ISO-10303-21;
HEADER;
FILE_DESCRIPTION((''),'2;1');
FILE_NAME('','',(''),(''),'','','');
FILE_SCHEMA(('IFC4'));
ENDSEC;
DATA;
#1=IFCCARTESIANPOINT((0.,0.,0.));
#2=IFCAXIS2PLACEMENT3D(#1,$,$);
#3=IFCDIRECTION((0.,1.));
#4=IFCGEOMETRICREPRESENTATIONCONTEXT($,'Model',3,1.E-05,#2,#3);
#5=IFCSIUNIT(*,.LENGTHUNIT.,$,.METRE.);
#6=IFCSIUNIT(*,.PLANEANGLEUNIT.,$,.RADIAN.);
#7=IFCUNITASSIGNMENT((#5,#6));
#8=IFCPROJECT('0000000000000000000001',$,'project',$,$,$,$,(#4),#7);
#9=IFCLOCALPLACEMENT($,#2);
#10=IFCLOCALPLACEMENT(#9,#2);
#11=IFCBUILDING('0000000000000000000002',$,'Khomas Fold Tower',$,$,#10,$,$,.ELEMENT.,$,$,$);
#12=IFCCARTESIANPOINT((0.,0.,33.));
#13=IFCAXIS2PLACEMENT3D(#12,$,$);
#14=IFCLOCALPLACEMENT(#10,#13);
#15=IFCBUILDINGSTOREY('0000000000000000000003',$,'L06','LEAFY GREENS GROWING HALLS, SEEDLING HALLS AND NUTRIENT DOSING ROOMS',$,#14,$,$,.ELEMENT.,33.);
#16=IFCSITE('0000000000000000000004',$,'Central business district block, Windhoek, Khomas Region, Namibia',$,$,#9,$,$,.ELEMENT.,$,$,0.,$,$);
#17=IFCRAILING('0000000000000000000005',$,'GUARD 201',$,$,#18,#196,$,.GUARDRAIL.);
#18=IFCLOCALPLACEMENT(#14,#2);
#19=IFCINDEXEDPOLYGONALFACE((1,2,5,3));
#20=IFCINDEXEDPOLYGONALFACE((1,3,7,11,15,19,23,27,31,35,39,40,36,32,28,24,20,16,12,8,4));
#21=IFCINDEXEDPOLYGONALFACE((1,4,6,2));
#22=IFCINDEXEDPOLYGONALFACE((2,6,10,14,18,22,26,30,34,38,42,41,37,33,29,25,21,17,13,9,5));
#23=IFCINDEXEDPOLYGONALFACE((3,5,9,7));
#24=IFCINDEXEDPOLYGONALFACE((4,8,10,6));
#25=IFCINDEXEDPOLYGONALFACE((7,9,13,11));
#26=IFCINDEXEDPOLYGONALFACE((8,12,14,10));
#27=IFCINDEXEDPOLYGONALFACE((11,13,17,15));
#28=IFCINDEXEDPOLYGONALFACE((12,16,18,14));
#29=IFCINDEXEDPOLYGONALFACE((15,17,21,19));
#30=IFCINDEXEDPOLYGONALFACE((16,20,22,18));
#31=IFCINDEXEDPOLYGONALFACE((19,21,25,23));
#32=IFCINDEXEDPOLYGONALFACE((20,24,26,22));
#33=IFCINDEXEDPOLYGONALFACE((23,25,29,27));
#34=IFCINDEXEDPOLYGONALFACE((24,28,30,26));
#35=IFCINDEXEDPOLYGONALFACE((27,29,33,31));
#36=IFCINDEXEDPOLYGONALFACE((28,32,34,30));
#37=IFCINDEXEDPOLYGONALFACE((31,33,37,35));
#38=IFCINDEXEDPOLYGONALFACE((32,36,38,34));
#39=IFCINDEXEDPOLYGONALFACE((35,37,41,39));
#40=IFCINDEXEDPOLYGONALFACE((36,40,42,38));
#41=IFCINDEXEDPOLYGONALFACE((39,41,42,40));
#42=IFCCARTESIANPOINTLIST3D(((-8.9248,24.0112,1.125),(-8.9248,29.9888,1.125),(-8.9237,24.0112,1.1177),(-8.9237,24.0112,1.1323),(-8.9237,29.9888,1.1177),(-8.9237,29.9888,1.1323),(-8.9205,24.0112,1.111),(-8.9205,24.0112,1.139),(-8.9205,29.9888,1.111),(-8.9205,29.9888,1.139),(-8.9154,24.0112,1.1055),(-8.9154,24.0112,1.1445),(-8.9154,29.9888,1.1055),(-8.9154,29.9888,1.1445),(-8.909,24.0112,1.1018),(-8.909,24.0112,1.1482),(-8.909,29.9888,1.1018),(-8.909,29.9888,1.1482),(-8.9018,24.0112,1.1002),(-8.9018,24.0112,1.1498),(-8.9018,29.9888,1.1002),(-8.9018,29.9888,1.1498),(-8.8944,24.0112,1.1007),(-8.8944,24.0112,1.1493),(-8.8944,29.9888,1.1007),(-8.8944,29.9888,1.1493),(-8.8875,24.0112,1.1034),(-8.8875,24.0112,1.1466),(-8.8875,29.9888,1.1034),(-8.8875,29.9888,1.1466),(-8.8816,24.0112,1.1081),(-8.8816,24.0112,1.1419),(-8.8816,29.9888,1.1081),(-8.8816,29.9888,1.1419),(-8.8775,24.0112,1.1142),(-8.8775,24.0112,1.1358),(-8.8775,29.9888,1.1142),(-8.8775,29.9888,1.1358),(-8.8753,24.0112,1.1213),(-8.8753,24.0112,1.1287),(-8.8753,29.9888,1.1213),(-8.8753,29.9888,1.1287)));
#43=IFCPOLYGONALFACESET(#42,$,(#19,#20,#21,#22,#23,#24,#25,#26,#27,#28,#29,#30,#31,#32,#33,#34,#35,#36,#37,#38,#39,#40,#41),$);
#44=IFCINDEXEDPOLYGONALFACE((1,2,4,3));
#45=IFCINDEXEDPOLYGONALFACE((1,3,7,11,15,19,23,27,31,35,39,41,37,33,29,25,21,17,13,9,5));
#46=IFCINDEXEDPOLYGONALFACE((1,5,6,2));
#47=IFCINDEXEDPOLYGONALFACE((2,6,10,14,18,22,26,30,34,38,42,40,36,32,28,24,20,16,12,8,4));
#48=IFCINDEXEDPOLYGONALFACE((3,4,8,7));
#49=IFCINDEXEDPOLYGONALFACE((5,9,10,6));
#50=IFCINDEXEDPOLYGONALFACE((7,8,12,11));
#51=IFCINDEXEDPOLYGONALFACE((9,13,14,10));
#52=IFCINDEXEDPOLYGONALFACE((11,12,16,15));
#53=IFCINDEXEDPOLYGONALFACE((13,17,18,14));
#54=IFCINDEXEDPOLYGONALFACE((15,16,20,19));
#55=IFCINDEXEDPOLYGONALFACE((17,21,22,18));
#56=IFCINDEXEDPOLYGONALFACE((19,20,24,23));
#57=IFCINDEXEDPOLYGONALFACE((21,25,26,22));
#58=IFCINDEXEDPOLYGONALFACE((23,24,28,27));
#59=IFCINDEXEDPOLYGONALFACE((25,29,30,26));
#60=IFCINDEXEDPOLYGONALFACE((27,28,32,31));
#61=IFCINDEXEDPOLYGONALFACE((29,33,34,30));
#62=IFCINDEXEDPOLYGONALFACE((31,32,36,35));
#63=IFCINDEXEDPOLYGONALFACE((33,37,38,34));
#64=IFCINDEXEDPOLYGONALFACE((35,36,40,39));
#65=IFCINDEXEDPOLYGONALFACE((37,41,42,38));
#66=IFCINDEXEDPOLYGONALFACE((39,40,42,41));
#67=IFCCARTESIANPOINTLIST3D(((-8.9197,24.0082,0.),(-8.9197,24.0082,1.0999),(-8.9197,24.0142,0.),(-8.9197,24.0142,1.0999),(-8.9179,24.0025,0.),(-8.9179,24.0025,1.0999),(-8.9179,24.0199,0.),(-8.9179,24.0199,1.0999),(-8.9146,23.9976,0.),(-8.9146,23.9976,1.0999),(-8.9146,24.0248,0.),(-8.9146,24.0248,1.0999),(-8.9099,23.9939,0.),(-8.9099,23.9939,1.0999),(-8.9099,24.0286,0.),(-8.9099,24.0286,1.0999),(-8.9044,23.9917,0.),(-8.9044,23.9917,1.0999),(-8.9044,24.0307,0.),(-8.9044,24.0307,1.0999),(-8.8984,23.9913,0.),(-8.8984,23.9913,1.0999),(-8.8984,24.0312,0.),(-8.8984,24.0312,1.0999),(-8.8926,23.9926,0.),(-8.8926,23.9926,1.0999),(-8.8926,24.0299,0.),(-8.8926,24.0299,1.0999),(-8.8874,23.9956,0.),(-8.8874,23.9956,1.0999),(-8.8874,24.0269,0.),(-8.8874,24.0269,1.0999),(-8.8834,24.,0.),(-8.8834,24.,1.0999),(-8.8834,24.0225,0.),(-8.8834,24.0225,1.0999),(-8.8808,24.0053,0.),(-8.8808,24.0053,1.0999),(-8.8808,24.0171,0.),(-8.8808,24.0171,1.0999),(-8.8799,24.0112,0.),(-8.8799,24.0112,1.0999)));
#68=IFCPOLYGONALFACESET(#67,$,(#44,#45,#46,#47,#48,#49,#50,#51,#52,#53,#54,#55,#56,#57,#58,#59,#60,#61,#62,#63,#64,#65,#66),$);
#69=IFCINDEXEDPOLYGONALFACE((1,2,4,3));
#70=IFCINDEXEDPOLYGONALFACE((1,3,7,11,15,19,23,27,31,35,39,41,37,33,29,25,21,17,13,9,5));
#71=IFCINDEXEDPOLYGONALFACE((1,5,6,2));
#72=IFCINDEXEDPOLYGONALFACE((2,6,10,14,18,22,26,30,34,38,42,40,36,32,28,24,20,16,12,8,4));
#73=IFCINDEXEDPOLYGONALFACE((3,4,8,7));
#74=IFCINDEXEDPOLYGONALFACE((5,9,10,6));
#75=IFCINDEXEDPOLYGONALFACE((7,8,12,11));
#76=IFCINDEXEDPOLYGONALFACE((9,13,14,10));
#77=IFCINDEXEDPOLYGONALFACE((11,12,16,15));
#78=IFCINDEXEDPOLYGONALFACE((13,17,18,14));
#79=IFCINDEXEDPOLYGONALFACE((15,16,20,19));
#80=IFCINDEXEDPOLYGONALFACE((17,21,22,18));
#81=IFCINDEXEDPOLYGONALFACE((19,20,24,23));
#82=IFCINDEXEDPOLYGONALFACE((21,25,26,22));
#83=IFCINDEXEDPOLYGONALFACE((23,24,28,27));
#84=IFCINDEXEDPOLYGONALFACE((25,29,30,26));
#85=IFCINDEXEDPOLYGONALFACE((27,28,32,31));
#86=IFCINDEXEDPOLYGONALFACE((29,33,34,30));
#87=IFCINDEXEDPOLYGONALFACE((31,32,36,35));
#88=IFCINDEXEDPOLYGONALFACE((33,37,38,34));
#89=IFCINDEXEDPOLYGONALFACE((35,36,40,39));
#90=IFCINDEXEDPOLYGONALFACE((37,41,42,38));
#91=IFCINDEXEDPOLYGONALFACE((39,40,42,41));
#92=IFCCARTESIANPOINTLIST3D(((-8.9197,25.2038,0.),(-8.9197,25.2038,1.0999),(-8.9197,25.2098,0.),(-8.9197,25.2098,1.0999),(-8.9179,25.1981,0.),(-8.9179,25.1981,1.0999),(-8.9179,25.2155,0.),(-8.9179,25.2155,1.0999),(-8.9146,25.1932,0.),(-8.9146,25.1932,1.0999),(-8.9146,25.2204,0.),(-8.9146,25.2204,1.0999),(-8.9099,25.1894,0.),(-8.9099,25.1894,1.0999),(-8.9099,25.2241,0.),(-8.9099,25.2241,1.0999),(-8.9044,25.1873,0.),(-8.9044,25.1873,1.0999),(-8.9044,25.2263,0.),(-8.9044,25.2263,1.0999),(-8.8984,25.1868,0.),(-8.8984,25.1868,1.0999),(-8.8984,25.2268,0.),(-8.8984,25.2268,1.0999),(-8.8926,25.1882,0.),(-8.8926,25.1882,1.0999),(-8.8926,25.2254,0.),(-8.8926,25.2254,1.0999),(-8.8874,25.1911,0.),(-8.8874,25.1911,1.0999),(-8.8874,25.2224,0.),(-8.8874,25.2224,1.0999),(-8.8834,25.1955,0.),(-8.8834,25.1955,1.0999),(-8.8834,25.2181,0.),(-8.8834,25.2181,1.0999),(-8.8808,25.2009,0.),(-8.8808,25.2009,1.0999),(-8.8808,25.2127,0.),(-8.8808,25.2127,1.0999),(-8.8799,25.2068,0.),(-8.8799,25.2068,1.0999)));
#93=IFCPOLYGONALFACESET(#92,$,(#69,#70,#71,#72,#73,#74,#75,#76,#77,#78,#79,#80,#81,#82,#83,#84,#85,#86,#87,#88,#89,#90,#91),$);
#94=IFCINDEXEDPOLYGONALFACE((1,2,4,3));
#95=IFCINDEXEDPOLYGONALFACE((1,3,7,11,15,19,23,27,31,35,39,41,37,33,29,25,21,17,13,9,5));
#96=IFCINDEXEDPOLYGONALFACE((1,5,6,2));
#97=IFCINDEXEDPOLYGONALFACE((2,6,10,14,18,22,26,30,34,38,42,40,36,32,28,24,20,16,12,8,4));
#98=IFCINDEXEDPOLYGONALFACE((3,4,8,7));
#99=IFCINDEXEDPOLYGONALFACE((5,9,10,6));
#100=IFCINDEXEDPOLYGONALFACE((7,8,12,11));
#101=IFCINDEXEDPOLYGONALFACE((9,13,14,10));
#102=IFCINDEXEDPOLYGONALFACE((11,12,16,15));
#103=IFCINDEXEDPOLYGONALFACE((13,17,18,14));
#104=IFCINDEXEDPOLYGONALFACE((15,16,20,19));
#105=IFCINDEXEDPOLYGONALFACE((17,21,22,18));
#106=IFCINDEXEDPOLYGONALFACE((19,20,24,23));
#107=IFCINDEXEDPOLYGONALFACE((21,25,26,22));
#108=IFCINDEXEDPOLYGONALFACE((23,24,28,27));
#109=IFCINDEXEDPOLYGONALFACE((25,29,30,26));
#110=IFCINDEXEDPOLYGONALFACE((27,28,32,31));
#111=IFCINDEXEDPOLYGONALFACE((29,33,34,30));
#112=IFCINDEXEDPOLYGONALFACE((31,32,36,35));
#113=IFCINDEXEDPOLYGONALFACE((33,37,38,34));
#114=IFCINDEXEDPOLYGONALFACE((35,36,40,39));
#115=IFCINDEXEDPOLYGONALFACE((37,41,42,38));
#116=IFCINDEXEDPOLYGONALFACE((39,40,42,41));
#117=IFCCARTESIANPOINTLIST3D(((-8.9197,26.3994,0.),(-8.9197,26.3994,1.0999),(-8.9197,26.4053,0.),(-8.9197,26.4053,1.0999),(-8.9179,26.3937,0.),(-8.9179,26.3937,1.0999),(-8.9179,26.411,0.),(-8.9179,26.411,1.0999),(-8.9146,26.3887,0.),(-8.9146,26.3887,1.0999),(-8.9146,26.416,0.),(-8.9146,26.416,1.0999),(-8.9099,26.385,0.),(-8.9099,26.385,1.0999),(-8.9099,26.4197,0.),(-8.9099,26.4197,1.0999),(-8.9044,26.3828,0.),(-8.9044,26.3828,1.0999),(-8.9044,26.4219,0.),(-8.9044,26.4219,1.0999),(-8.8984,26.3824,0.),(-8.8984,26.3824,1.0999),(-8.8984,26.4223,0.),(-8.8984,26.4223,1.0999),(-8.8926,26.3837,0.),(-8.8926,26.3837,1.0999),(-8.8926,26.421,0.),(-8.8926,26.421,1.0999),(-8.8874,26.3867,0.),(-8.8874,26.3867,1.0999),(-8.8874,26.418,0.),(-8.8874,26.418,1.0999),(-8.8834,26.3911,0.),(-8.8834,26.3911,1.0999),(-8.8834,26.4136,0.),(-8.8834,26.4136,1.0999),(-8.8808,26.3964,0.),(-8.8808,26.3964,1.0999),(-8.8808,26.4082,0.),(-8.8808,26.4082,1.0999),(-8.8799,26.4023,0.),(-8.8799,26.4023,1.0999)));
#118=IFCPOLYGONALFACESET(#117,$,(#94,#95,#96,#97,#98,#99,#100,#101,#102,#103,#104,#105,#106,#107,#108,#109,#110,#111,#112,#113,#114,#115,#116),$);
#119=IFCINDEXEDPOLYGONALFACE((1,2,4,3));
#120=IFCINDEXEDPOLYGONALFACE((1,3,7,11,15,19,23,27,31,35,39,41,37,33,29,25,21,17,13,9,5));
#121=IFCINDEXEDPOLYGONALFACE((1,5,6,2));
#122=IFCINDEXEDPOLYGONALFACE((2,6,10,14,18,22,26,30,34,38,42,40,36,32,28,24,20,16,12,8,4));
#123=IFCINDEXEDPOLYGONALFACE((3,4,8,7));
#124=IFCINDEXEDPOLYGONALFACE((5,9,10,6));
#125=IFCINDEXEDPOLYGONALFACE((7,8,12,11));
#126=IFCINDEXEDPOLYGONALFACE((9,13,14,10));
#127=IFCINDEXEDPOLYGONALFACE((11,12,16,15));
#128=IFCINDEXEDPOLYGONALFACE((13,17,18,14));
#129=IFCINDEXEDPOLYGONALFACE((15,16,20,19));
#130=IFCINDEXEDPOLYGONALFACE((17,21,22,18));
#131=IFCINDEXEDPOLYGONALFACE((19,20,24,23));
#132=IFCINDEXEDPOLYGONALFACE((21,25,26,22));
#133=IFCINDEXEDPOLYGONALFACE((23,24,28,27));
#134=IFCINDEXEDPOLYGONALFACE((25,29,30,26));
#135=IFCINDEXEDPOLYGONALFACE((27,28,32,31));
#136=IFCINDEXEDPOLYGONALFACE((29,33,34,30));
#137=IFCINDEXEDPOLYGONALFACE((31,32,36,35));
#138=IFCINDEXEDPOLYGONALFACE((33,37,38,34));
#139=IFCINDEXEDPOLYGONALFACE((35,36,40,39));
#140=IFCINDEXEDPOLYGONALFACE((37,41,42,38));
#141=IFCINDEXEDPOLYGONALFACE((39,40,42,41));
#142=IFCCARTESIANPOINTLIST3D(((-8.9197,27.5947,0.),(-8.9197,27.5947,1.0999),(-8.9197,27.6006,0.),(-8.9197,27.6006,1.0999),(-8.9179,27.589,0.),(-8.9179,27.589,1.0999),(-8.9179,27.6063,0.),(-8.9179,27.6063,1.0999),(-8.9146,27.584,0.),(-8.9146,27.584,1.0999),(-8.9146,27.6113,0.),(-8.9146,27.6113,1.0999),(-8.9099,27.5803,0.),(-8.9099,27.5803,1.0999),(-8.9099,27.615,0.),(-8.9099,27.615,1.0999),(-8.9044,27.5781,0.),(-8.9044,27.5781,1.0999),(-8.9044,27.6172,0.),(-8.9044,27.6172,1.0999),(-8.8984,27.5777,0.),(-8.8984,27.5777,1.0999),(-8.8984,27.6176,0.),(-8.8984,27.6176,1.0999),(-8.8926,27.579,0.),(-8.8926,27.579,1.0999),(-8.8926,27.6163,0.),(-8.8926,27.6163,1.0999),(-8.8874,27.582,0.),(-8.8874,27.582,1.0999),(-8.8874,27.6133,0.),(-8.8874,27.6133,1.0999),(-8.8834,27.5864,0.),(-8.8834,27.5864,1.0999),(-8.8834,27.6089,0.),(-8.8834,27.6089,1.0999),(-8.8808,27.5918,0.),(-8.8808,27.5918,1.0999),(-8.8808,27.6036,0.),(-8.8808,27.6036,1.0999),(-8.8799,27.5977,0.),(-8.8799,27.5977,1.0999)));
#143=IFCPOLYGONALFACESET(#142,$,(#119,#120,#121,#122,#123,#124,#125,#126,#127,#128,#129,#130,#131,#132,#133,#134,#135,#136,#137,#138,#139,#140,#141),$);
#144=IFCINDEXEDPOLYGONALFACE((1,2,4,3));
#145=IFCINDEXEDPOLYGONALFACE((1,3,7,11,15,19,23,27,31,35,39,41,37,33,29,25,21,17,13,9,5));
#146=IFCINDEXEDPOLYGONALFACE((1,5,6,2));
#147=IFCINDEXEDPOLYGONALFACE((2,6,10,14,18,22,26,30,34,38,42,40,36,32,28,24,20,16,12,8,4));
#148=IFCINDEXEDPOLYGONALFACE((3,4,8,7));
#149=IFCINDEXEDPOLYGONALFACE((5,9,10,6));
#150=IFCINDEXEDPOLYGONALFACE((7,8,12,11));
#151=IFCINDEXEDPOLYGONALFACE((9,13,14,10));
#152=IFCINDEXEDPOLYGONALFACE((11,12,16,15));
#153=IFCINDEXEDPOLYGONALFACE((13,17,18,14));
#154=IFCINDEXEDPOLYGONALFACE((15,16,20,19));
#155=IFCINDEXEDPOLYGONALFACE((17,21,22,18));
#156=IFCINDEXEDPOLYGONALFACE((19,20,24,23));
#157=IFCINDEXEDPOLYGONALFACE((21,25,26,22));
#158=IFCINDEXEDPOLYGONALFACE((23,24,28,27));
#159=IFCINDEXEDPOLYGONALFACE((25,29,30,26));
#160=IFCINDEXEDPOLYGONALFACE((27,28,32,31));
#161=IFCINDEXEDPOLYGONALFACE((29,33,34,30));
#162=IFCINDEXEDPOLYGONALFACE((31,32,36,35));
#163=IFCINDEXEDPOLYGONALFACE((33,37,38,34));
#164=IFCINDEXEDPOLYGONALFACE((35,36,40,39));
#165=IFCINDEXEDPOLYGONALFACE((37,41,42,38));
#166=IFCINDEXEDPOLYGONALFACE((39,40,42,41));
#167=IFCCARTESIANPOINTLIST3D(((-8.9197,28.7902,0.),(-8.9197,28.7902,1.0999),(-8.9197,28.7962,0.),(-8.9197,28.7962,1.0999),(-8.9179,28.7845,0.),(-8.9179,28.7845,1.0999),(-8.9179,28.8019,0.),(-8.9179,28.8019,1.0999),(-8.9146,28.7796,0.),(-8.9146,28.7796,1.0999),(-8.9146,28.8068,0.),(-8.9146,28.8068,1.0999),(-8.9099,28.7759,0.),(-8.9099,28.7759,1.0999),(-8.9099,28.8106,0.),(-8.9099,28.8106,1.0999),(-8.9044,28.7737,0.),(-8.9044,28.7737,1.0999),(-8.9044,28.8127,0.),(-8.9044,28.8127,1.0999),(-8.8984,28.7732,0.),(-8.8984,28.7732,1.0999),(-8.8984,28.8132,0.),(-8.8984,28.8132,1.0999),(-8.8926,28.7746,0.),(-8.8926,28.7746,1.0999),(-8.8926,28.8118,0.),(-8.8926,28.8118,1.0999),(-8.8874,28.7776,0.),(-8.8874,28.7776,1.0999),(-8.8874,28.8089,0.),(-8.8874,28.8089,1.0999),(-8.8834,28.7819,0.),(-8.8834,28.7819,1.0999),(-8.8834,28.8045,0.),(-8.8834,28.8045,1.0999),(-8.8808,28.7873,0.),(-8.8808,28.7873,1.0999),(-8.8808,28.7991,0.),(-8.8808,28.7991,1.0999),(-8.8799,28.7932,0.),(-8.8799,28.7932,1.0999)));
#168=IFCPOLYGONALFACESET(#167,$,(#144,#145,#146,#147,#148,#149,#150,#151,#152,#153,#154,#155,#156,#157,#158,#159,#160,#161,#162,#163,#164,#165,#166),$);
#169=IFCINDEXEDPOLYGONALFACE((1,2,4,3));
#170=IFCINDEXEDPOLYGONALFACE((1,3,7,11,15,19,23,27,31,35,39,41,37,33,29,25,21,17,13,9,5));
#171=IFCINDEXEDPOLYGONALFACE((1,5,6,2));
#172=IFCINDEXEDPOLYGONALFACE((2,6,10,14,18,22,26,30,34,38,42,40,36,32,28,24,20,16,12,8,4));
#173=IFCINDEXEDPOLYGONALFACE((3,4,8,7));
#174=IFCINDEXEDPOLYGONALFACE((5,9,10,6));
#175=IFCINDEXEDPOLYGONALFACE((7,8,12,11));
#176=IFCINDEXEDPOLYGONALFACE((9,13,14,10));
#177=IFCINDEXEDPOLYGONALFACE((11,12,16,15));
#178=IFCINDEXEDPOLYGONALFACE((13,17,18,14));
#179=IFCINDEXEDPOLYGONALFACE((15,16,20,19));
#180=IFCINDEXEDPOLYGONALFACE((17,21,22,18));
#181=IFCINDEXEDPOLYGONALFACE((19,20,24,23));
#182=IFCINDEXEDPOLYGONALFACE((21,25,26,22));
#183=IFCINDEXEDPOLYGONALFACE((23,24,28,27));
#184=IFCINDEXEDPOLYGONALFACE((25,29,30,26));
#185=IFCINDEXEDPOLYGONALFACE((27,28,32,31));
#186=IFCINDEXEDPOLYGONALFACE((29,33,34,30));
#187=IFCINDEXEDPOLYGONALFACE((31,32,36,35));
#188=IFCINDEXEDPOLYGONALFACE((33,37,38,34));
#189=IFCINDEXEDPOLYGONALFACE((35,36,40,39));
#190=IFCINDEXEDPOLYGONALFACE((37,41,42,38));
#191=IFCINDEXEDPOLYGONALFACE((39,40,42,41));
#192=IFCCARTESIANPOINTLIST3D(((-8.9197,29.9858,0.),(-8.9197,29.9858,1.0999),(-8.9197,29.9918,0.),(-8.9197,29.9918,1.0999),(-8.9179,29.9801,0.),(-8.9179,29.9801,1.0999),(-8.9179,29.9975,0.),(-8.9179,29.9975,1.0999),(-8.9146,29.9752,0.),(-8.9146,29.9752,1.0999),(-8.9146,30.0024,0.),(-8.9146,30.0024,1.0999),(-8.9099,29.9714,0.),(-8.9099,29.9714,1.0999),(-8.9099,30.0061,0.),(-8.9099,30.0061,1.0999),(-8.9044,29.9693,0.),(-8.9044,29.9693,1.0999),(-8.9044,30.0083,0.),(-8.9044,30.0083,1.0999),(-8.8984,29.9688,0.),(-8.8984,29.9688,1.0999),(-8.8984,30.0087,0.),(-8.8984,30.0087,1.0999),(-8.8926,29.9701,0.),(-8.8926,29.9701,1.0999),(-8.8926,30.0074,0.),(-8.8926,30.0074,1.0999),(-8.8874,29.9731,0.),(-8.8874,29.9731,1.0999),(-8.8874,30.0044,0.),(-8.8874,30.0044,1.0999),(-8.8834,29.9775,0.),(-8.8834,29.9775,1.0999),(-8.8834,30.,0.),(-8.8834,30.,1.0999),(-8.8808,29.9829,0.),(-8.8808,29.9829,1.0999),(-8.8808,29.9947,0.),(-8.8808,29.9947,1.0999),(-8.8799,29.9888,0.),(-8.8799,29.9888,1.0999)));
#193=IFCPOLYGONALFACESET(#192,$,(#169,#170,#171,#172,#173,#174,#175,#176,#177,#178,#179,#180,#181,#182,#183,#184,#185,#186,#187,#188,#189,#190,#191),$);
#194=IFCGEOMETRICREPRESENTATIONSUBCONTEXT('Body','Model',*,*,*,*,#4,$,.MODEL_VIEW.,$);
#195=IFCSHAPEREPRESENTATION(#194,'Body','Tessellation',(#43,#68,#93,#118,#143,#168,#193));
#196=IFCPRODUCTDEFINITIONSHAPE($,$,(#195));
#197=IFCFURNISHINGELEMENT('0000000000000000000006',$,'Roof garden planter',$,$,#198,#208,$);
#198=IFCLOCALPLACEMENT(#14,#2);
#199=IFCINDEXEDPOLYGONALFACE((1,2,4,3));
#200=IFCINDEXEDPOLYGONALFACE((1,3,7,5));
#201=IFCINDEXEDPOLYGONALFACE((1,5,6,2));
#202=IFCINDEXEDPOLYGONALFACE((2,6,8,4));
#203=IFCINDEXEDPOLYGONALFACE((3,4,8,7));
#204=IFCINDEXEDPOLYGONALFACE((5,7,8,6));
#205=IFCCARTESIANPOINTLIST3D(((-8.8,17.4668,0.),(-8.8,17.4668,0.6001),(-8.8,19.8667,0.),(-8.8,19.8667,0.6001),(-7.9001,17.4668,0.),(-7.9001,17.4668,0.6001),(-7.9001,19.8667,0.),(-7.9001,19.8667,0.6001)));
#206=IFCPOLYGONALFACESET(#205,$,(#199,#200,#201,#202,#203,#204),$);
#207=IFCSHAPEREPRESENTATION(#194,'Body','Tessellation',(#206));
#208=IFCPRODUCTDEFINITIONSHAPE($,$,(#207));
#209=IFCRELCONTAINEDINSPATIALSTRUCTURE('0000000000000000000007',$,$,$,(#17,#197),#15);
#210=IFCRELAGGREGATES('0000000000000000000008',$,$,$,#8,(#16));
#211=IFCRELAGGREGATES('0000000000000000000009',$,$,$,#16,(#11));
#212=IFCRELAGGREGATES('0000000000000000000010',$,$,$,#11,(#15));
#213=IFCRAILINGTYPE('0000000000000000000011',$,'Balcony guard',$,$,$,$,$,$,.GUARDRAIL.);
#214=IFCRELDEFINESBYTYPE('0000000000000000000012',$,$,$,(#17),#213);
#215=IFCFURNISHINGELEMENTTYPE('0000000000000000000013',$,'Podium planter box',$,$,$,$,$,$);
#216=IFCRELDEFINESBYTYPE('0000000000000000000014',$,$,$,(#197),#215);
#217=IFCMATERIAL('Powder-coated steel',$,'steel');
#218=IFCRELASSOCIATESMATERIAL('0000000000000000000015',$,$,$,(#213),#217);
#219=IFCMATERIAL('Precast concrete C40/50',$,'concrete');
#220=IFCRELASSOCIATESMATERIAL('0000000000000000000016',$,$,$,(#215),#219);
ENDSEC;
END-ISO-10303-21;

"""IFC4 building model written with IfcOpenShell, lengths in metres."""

from ifc_helpers import new_model, si_unit, direction, frame, origin, origin_2d, place, context, subcontext, project, spatial, rectangle, circle, extrude, source, transform, mapped, material, type_object, element, save


model = new_model("IFC4")

# Units and contexts
model_context = context("Model", 3, precision=1e-05, world=origin(), true_north=direction((0.0, 1.0)))
body_context = subcontext(model_context, "Body", "Model", "MODEL_VIEW")
ifc_project = project(units=[si_unit("LENGTHUNIT", "METRE"), si_unit("PLANEANGLEUNIT", "RADIAN")], contexts=[model_context])

# Site, building, storey
site_placement = place(None, origin())
site = spatial("IfcSite", under=ifc_project, at=site_placement, Name="Central business district block, Windhoek, Khomas Region, Namibia", CompositionType="ELEMENT", RefElevation=0.0)
building_placement = place(site_placement, origin())
building = spatial("IfcBuilding", under=site, at=building_placement, Name="Khomas Fold Tower", CompositionType="ELEMENT")
storey_placement = place(building_placement, frame((0.0, 0.0, 33.0)))
storey = spatial("IfcBuildingStorey", under=building, at=storey_placement, Name="L06", Description="LEAFY GREENS GROWING HALLS, SEEDLING HALLS AND NUTRIENT DOSING ROOMS", CompositionType="ELEMENT", Elevation=33.0)

# Railing
ifc_material_1 = material(Name="Powder-coated steel", Category="steel")
railing_type = type_object("IfcRailingType", Name="Balcony guard", PredefinedType="GUARDRAIL", material=ifc_material_1)
shared_shape_1 = source(origin(), body_context, "Body", "SweptSolid", [
    extrude(circle(Radius=0.0249, at=origin_2d()), frame((0.0, 0.0, 1.125), z_axis=(0.0, 1.0, 0.0), x_axis=(-1.0, 0.0, 0.0)), (0.0, 0.0, 1.0), 5.9775),
    extrude(circle(Radius=0.02, at=origin_2d()), origin(), (0.0, 0.0, 1.0), 1.0999),
    extrude(circle(Radius=0.02, at=origin_2d()), frame((0.0, 1.1956, 0.0)), (0.0, 0.0, 1.0), 1.0999),
    extrude(circle(Radius=0.02, at=origin_2d()), frame((0.0, 2.3911, 0.0)), (0.0, 0.0, 1.0), 1.0999),
    extrude(circle(Radius=0.02, at=origin_2d()), frame((0.0, 3.5864, 0.0)), (0.0, 0.0, 1.0), 1.0999),
    extrude(circle(Radius=0.02, at=origin_2d()), frame((0.0, 4.782, 0.0)), (0.0, 0.0, 1.0), 1.0999),
    extrude(circle(Radius=0.02, at=origin_2d()), frame((0.0, 5.9775, 0.0)), (0.0, 0.0, 1.0), 1.0999),
])
railing_placement = place(storey_placement, frame((-8.8999, 24.0112, 0.0)))
element("IfcRailing", 1, at=railing_placement, inside=storey, type_object=railing_type, Name="GUARD 201", PredefinedType="GUARDRAIL", context=body_context, shape_type="MappedRepresentation", body=[
    mapped(shared_shape_1, transform((0.0, 0.0, 0.0))),
])

# Furnishing element
ifc_material_2 = material(Name="Precast concrete C40/50", Category="concrete")
furnishing_element_type_1 = type_object("IfcFurnishingElementType", Name="Podium planter box", material=ifc_material_2)
shared_shape_2 = source(origin(), body_context, "Body", "SweptSolid", [
    extrude(rectangle(XDim=2.3999, YDim=0.8999, at=origin_2d()), origin(), (0.0, 0.0, 1.0), 0.6001),
])
furnishing_1_placement = place(storey_placement, frame((-8.3501, 18.6667, 0.0), z_axis=(0.0, 0.0, 1.0), x_axis=(0.0, 1.0, 0.0)))
element("IfcFurnishingElement", 2, at=furnishing_1_placement, inside=storey, type_object=furnishing_element_type_1, Name="Roof garden planter", context=body_context, shape_type="MappedRepresentation", body=[
    mapped(shared_shape_2, transform((0.0, 0.0, 0.0))),
])

save(model, "model.ifc")
